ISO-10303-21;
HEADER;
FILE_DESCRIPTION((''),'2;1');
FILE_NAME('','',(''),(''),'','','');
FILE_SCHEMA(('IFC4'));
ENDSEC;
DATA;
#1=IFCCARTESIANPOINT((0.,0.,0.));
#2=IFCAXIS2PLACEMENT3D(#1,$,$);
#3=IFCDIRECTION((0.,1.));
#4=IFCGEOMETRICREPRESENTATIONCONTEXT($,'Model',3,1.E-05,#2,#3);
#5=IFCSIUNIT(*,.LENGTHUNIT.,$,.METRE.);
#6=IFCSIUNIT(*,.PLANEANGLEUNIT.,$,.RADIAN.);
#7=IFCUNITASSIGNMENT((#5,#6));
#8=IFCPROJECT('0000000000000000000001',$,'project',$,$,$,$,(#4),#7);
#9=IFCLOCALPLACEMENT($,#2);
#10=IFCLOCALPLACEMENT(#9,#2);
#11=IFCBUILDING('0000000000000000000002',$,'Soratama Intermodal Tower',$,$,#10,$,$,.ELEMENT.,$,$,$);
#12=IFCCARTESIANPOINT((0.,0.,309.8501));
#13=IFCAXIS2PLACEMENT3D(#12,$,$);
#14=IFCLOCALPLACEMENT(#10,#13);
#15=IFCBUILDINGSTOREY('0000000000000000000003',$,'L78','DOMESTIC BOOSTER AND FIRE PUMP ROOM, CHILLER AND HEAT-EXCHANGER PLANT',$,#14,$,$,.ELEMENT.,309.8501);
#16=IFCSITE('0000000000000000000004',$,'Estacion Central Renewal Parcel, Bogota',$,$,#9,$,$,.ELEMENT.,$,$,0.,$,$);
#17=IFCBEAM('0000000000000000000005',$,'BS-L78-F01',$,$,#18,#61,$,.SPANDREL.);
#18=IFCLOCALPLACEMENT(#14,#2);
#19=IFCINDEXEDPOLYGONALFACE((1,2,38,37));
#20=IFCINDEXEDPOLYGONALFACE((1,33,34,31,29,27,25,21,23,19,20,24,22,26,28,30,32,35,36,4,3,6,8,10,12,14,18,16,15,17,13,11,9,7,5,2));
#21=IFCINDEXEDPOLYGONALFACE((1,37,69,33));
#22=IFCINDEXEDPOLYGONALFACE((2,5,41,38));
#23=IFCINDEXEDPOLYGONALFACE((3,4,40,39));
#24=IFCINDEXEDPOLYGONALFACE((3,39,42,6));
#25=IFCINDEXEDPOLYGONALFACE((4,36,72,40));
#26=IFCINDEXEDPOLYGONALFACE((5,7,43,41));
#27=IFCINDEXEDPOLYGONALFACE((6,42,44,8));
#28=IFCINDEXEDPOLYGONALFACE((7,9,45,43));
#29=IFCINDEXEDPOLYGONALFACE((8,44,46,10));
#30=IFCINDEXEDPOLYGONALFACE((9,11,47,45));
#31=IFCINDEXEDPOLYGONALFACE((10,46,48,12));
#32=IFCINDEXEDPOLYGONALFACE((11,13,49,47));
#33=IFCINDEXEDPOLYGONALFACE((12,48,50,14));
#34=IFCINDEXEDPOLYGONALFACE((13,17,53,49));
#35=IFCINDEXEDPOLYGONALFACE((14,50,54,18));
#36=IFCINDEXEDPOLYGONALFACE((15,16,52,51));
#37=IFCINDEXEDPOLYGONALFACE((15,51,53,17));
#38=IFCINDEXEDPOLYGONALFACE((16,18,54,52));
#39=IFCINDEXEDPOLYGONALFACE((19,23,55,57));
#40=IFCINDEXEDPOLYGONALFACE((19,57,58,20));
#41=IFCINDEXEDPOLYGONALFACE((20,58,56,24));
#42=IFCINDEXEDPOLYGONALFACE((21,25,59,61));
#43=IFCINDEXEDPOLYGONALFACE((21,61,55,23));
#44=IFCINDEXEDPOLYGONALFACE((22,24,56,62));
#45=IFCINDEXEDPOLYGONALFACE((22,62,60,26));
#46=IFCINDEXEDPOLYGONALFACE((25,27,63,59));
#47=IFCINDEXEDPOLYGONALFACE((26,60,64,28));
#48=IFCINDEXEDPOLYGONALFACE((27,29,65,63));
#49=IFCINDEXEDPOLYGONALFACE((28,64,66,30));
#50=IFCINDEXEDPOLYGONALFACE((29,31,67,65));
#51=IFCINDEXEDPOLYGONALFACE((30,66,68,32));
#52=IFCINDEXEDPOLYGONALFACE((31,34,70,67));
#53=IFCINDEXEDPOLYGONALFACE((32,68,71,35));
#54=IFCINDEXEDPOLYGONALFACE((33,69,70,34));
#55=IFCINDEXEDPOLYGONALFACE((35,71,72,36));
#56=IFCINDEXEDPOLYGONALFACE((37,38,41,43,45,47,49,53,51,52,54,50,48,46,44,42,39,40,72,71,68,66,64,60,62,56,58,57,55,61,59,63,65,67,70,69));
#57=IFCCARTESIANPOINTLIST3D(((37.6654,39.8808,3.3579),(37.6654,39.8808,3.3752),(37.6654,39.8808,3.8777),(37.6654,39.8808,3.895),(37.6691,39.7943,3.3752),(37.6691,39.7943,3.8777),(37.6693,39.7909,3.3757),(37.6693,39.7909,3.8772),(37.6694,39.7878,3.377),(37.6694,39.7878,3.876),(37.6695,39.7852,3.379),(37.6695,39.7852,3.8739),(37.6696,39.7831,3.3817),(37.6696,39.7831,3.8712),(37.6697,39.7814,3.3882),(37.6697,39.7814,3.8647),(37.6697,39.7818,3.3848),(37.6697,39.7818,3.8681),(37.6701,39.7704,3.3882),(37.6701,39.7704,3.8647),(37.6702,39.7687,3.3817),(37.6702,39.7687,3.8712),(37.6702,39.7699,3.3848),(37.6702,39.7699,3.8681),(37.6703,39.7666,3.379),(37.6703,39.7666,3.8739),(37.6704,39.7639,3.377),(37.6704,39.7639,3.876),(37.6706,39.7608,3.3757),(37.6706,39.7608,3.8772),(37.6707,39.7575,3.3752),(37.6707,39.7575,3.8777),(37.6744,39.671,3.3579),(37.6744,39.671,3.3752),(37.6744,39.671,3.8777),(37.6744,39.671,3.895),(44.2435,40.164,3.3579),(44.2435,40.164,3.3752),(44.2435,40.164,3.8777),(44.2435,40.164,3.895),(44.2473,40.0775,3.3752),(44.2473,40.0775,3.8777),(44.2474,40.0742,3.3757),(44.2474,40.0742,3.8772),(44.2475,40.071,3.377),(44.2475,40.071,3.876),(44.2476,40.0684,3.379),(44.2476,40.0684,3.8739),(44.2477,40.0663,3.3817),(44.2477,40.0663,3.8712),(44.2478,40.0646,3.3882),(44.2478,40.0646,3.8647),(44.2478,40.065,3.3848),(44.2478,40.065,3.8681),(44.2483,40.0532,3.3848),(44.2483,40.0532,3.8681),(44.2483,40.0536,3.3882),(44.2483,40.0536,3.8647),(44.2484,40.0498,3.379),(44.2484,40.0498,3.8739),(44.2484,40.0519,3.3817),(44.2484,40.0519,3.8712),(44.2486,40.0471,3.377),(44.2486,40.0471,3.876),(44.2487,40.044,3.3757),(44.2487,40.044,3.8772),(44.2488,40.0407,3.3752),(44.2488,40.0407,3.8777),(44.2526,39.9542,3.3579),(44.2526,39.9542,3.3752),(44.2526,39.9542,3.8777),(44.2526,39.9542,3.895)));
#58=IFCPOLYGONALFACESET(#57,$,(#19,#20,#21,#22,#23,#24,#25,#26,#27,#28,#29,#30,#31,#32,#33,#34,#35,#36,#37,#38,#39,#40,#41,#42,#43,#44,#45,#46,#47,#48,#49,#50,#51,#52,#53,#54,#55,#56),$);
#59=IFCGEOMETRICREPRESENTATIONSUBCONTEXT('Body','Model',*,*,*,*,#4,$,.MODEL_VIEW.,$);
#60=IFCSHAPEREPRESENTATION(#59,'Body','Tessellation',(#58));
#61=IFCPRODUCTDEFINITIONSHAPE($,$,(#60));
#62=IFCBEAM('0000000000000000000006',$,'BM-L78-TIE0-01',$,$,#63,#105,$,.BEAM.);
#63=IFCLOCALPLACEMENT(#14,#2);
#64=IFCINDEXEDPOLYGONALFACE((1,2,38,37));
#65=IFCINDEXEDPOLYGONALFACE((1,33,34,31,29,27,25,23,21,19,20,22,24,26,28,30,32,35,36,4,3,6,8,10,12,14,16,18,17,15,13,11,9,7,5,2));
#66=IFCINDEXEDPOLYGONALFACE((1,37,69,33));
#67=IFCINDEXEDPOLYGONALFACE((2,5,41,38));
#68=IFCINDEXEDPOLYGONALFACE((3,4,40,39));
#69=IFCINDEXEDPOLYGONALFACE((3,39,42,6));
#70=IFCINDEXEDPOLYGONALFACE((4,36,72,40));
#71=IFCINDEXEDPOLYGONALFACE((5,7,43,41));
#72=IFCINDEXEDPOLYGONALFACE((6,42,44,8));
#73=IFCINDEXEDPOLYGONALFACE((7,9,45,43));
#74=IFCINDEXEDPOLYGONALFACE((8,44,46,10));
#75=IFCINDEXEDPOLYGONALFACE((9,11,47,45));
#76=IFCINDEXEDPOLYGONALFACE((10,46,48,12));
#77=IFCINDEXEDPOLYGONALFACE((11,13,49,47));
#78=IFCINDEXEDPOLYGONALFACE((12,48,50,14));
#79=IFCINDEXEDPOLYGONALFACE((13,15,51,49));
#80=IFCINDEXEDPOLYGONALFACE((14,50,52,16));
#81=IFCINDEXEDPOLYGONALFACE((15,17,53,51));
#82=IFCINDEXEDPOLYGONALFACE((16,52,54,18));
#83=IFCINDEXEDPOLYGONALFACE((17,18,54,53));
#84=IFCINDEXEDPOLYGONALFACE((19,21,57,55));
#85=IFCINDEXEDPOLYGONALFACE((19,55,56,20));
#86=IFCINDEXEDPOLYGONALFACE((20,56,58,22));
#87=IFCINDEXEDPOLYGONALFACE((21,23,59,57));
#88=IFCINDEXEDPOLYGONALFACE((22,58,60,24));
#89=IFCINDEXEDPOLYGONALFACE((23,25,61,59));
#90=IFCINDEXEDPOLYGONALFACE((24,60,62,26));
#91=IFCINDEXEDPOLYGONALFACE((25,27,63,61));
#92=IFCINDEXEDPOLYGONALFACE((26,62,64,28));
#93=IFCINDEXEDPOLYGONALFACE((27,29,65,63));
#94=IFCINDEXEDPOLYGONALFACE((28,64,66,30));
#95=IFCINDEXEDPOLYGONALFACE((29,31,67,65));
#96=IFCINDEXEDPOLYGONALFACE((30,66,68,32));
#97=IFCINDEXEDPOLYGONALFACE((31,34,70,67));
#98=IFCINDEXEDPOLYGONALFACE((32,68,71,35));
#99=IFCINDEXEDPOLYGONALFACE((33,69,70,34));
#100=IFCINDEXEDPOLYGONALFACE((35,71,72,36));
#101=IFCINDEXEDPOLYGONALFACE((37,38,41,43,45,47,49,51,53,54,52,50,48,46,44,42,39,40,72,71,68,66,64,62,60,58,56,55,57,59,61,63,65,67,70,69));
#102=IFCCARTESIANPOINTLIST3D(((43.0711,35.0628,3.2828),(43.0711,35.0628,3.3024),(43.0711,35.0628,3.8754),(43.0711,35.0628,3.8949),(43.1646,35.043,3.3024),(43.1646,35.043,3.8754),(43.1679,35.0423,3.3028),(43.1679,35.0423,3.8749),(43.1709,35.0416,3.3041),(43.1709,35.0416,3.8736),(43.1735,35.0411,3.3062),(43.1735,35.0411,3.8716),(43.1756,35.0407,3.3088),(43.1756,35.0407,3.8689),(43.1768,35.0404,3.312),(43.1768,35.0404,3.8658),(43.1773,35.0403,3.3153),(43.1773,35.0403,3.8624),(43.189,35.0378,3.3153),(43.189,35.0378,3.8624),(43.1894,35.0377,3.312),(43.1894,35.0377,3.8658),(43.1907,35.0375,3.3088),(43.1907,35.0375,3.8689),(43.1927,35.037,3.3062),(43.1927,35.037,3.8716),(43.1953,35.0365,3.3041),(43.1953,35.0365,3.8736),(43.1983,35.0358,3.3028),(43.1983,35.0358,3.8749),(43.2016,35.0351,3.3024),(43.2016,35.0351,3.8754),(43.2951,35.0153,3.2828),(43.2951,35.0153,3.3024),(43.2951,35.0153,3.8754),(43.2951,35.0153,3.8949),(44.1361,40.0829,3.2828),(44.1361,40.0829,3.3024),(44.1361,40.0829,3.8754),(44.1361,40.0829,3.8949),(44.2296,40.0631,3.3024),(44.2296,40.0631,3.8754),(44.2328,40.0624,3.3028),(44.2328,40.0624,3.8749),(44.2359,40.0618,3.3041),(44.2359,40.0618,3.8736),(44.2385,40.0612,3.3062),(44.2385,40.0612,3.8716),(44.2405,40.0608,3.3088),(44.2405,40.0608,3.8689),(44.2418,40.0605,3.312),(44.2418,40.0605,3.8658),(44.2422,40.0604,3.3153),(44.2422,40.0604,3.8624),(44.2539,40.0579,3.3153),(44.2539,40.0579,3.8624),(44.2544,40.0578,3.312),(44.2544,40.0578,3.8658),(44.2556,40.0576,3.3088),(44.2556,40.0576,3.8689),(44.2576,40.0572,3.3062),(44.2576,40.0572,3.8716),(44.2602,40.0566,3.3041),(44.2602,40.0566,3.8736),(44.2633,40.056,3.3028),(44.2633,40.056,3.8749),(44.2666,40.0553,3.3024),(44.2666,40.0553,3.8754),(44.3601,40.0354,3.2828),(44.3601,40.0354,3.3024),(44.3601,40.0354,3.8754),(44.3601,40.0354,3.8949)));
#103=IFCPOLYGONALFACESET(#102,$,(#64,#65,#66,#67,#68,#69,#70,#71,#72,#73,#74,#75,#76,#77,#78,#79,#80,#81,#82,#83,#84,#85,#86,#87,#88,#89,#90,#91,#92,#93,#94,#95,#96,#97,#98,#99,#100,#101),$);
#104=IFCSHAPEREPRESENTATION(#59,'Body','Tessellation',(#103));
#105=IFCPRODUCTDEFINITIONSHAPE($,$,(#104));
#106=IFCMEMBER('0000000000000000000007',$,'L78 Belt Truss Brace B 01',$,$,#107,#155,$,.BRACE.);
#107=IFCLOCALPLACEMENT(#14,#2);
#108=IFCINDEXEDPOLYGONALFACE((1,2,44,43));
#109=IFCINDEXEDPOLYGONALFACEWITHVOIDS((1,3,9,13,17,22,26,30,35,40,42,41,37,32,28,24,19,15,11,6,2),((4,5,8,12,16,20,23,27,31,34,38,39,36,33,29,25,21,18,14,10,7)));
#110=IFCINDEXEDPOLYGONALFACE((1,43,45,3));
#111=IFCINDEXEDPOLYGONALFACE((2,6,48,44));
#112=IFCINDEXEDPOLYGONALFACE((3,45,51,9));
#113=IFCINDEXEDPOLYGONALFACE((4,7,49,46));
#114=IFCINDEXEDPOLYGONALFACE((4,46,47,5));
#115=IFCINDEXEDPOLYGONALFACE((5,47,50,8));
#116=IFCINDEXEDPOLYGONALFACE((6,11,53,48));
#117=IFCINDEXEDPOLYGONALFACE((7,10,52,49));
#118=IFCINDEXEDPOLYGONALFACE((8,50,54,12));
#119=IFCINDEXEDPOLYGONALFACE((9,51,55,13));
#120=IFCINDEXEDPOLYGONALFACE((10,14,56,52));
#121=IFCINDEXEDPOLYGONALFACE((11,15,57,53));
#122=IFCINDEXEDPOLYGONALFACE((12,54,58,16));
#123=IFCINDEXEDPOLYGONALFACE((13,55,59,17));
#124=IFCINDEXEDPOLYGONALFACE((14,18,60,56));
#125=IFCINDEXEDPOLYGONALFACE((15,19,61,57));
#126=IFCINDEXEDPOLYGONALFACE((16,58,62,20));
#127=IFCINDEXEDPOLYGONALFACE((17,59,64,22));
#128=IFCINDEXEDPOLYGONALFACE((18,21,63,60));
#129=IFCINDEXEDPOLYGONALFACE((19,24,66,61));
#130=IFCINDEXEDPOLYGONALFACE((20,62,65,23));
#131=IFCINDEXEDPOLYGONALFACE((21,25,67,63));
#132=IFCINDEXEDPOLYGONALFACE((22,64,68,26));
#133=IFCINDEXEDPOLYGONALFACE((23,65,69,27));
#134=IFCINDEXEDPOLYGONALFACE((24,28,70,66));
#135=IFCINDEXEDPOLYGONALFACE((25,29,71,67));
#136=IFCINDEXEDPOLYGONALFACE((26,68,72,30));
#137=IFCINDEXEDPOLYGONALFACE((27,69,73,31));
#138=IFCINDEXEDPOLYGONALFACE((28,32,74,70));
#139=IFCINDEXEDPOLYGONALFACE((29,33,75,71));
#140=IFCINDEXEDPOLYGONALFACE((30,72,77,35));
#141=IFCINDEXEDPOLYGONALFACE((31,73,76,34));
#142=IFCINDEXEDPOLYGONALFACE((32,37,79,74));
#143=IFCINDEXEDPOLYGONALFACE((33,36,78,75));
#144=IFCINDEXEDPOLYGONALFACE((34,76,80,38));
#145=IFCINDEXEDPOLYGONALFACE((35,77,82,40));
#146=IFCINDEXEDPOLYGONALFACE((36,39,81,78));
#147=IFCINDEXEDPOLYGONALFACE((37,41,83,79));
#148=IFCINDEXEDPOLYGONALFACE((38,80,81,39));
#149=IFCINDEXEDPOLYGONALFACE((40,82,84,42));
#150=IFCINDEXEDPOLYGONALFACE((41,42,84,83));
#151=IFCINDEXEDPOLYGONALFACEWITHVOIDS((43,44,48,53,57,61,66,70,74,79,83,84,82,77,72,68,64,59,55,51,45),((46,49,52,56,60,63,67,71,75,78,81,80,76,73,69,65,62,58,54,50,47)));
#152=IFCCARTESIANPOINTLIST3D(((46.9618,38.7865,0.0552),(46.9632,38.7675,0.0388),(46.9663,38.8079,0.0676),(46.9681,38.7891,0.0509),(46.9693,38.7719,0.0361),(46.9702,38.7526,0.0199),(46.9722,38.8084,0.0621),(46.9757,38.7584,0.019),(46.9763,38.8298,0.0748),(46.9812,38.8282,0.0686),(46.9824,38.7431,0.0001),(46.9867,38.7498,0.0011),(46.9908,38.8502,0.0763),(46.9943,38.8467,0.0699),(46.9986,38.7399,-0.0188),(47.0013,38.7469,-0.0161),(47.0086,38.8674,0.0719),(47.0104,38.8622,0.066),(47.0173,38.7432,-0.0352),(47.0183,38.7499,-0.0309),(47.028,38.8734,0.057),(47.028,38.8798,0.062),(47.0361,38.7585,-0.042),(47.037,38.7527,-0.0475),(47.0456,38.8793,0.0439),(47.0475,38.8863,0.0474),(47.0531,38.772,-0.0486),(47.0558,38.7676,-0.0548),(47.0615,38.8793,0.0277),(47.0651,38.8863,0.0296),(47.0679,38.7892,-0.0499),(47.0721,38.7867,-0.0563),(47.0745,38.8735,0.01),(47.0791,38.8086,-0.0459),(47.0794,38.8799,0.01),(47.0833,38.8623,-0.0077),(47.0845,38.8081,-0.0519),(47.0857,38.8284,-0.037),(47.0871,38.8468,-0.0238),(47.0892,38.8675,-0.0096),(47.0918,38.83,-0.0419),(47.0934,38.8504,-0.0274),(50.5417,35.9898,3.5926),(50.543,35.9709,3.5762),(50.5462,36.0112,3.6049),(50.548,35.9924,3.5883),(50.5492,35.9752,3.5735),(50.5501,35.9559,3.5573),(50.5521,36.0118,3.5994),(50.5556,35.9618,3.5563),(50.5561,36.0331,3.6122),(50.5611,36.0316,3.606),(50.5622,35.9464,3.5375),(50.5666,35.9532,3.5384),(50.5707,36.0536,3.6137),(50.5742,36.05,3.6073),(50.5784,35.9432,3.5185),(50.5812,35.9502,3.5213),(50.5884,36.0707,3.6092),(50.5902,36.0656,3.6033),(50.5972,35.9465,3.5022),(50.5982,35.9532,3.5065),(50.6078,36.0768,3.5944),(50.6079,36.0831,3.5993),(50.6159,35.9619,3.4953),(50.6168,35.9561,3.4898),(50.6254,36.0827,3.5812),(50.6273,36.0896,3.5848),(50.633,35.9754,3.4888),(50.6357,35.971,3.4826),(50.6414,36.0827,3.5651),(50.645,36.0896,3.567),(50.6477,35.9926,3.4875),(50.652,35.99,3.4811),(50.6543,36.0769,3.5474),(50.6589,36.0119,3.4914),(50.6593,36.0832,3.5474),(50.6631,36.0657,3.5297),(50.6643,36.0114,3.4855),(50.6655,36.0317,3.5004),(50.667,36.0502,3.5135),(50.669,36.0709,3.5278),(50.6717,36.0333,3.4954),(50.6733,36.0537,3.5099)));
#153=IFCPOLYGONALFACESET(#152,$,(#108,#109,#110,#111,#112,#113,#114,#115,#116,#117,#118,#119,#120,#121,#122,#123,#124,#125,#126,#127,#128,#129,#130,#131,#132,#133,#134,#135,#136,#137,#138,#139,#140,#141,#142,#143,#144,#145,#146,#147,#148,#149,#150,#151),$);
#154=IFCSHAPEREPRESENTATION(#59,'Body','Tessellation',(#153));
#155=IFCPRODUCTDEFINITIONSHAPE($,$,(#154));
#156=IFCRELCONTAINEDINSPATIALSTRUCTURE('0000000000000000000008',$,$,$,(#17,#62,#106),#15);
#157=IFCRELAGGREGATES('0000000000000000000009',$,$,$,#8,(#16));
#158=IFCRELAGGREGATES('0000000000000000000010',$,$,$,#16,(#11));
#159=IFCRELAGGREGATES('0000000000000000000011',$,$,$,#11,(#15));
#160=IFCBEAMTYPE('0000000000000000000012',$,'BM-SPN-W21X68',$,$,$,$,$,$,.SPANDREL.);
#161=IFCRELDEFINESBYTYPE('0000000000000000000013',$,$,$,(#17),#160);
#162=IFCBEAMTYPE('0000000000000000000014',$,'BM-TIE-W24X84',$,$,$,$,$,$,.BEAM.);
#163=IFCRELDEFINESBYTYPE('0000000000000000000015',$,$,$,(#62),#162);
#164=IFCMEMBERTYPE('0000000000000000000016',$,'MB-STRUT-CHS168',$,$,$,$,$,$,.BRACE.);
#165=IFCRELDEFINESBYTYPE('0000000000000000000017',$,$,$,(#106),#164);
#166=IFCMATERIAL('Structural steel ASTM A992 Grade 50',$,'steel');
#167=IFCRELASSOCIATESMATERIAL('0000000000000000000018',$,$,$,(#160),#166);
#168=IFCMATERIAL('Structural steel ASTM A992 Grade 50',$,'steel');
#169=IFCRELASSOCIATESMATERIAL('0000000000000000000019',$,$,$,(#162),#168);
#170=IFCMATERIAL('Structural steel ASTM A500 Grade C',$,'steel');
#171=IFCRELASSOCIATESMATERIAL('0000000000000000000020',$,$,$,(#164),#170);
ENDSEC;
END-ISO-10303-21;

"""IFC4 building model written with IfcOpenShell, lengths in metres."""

from ifc_helpers import new_model, si_unit, direction, frame, origin, origin_2d, place, context, subcontext, project, spatial, hollow_circle, i_section, extrude, material, material_profile, profile_set, type_object, element, save


model = new_model("IFC4")

# Units and contexts
model_context = context("Model", 3, precision=1e-05, world=origin(), true_north=direction((0.0, 1.0)))
body_context = subcontext(model_context, "Body", "Model", "MODEL_VIEW")
ifc_project = project(units=[si_unit("LENGTHUNIT", "METRE"), si_unit("PLANEANGLEUNIT", "RADIAN")], contexts=[model_context])

# Site, building, storey
site_placement = place(None, origin())
site = spatial("IfcSite", under=ifc_project, at=site_placement, Name="Estacion Central Renewal Parcel, Bogota", CompositionType="ELEMENT", RefElevation=0.0)
building_placement = place(site_placement, origin())
building = spatial("IfcBuilding", under=site, at=building_placement, Name="Soratama Intermodal Tower", CompositionType="ELEMENT")
storey_placement = place(building_placement, frame((0.0, 0.0, 309.8501)))
storey = spatial("IfcBuildingStorey", under=building, at=storey_placement, Name="L78", Description="DOMESTIC BOOSTER AND FIRE PUMP ROOM, CHILLER AND HEAT-EXCHANGER PLANT", CompositionType="ELEMENT", Elevation=309.8501)

# Beams
ifc_material_1 = material(Name="Structural steel ASTM A992 Grade 50", Category="steel")
ifc_material_profile_1 = material_profile(ifc_material_1, i_section(OverallWidth=0.21, OverallDepth=0.5371, WebThickness=0.011, FlangeThickness=0.0173, FilletRadius=0.0129, at=origin_2d()), Name="W21X68")
ifc_profile_set_1 = profile_set([ifc_material_profile_1], Name="Structural steel ASTM A992 Grade 50")
beam_type_1 = type_object("IfcBeamType", Name="BM-SPN-W21X68", PredefinedType="SPANDREL", material=ifc_profile_set_1)
beam_1_placement = place(storey_placement, frame((44.248, 40.0591, 3.6265), z_axis=(-0.999075, -0.043012, 0.0), x_axis=(0.043012, -0.999075, 0.0)))
element("IfcBeam", 1, at=beam_1_placement, inside=storey, type_object=beam_type_1, Name="BS-L78-F01", PredefinedType="SPANDREL", context=body_context, shape_type="SweptSolid", body=[
    extrude(i_section(OverallWidth=0.21, OverallDepth=0.5371, WebThickness=0.011, FlangeThickness=0.0173, FilletRadius=0.0129, at=origin_2d()), origin(), (0.0, 0.0, 1.0), 6.5842),
])
ifc_material_2 = material(Name="Structural steel ASTM A992 Grade 50", Category="steel")
ifc_material_profile_2 = material_profile(ifc_material_2, i_section(OverallWidth=0.229, OverallDepth=0.6121, WebThickness=0.012, FlangeThickness=0.0195, FilletRadius=0.0129, at=origin_2d()), Name="W24X84")
ifc_profile_set_2 = profile_set([ifc_material_profile_2], Name="Structural steel ASTM A992 Grade 50")
beam_type_2 = type_object("IfcBeamType", Name="BM-TIE-W24X84", PredefinedType="BEAM", material=ifc_profile_set_2)
beam_2_placement = place(storey_placement, frame((43.1831, 35.0391, 3.5889), z_axis=(0.207521, 0.978231, 0.0), x_axis=(-0.978231, 0.207521, 0.0)))
element("IfcBeam", 2, at=beam_2_placement, inside=storey, type_object=beam_type_2, Name="BM-L78-TIE0-01", PredefinedType="BEAM", context=body_context, shape_type="SweptSolid", body=[
    extrude(i_section(OverallWidth=0.229, OverallDepth=0.6121, WebThickness=0.012, FlangeThickness=0.0195, FilletRadius=0.0129, at=origin_2d()), origin(), (0.0, 0.0, 1.0), 5.1318),
])

# Member
ifc_material_3 = material(Name="Structural steel ASTM A500 Grade C", Category="steel")
ifc_material_profile_3 = material_profile(ifc_material_3, hollow_circle(Radius=0.0842, WallThickness=0.0081, at=origin_2d()), Name="CHS168X8")
ifc_profile_set_3 = profile_set([ifc_material_profile_3], Name="Structural steel ASTM A500 Grade C")
member_type = type_object("IfcMemberType", Name="MB-STRUT-CHS168", PredefinedType="BRACE", material=ifc_profile_set_3)
member_1_placement = place(storey_placement, frame((47.0276, 38.8135, 0.01), z_axis=(0.621765, -0.485734, 0.614387), x_axis=(0.615628, 0.788037, 0.0)))
element("IfcMember", 3, at=member_1_placement, inside=storey, type_object=member_type, Name="L78 Belt Truss Brace B 01", PredefinedType="BRACE", context=body_context, shape_type="SweptSolid", body=[
    extrude(hollow_circle(Radius=0.0842, WallThickness=0.0081, at=origin_2d()), origin(), (0.0, 0.0, 1.0), 5.7576),
])

save(model, "model.ifc")
